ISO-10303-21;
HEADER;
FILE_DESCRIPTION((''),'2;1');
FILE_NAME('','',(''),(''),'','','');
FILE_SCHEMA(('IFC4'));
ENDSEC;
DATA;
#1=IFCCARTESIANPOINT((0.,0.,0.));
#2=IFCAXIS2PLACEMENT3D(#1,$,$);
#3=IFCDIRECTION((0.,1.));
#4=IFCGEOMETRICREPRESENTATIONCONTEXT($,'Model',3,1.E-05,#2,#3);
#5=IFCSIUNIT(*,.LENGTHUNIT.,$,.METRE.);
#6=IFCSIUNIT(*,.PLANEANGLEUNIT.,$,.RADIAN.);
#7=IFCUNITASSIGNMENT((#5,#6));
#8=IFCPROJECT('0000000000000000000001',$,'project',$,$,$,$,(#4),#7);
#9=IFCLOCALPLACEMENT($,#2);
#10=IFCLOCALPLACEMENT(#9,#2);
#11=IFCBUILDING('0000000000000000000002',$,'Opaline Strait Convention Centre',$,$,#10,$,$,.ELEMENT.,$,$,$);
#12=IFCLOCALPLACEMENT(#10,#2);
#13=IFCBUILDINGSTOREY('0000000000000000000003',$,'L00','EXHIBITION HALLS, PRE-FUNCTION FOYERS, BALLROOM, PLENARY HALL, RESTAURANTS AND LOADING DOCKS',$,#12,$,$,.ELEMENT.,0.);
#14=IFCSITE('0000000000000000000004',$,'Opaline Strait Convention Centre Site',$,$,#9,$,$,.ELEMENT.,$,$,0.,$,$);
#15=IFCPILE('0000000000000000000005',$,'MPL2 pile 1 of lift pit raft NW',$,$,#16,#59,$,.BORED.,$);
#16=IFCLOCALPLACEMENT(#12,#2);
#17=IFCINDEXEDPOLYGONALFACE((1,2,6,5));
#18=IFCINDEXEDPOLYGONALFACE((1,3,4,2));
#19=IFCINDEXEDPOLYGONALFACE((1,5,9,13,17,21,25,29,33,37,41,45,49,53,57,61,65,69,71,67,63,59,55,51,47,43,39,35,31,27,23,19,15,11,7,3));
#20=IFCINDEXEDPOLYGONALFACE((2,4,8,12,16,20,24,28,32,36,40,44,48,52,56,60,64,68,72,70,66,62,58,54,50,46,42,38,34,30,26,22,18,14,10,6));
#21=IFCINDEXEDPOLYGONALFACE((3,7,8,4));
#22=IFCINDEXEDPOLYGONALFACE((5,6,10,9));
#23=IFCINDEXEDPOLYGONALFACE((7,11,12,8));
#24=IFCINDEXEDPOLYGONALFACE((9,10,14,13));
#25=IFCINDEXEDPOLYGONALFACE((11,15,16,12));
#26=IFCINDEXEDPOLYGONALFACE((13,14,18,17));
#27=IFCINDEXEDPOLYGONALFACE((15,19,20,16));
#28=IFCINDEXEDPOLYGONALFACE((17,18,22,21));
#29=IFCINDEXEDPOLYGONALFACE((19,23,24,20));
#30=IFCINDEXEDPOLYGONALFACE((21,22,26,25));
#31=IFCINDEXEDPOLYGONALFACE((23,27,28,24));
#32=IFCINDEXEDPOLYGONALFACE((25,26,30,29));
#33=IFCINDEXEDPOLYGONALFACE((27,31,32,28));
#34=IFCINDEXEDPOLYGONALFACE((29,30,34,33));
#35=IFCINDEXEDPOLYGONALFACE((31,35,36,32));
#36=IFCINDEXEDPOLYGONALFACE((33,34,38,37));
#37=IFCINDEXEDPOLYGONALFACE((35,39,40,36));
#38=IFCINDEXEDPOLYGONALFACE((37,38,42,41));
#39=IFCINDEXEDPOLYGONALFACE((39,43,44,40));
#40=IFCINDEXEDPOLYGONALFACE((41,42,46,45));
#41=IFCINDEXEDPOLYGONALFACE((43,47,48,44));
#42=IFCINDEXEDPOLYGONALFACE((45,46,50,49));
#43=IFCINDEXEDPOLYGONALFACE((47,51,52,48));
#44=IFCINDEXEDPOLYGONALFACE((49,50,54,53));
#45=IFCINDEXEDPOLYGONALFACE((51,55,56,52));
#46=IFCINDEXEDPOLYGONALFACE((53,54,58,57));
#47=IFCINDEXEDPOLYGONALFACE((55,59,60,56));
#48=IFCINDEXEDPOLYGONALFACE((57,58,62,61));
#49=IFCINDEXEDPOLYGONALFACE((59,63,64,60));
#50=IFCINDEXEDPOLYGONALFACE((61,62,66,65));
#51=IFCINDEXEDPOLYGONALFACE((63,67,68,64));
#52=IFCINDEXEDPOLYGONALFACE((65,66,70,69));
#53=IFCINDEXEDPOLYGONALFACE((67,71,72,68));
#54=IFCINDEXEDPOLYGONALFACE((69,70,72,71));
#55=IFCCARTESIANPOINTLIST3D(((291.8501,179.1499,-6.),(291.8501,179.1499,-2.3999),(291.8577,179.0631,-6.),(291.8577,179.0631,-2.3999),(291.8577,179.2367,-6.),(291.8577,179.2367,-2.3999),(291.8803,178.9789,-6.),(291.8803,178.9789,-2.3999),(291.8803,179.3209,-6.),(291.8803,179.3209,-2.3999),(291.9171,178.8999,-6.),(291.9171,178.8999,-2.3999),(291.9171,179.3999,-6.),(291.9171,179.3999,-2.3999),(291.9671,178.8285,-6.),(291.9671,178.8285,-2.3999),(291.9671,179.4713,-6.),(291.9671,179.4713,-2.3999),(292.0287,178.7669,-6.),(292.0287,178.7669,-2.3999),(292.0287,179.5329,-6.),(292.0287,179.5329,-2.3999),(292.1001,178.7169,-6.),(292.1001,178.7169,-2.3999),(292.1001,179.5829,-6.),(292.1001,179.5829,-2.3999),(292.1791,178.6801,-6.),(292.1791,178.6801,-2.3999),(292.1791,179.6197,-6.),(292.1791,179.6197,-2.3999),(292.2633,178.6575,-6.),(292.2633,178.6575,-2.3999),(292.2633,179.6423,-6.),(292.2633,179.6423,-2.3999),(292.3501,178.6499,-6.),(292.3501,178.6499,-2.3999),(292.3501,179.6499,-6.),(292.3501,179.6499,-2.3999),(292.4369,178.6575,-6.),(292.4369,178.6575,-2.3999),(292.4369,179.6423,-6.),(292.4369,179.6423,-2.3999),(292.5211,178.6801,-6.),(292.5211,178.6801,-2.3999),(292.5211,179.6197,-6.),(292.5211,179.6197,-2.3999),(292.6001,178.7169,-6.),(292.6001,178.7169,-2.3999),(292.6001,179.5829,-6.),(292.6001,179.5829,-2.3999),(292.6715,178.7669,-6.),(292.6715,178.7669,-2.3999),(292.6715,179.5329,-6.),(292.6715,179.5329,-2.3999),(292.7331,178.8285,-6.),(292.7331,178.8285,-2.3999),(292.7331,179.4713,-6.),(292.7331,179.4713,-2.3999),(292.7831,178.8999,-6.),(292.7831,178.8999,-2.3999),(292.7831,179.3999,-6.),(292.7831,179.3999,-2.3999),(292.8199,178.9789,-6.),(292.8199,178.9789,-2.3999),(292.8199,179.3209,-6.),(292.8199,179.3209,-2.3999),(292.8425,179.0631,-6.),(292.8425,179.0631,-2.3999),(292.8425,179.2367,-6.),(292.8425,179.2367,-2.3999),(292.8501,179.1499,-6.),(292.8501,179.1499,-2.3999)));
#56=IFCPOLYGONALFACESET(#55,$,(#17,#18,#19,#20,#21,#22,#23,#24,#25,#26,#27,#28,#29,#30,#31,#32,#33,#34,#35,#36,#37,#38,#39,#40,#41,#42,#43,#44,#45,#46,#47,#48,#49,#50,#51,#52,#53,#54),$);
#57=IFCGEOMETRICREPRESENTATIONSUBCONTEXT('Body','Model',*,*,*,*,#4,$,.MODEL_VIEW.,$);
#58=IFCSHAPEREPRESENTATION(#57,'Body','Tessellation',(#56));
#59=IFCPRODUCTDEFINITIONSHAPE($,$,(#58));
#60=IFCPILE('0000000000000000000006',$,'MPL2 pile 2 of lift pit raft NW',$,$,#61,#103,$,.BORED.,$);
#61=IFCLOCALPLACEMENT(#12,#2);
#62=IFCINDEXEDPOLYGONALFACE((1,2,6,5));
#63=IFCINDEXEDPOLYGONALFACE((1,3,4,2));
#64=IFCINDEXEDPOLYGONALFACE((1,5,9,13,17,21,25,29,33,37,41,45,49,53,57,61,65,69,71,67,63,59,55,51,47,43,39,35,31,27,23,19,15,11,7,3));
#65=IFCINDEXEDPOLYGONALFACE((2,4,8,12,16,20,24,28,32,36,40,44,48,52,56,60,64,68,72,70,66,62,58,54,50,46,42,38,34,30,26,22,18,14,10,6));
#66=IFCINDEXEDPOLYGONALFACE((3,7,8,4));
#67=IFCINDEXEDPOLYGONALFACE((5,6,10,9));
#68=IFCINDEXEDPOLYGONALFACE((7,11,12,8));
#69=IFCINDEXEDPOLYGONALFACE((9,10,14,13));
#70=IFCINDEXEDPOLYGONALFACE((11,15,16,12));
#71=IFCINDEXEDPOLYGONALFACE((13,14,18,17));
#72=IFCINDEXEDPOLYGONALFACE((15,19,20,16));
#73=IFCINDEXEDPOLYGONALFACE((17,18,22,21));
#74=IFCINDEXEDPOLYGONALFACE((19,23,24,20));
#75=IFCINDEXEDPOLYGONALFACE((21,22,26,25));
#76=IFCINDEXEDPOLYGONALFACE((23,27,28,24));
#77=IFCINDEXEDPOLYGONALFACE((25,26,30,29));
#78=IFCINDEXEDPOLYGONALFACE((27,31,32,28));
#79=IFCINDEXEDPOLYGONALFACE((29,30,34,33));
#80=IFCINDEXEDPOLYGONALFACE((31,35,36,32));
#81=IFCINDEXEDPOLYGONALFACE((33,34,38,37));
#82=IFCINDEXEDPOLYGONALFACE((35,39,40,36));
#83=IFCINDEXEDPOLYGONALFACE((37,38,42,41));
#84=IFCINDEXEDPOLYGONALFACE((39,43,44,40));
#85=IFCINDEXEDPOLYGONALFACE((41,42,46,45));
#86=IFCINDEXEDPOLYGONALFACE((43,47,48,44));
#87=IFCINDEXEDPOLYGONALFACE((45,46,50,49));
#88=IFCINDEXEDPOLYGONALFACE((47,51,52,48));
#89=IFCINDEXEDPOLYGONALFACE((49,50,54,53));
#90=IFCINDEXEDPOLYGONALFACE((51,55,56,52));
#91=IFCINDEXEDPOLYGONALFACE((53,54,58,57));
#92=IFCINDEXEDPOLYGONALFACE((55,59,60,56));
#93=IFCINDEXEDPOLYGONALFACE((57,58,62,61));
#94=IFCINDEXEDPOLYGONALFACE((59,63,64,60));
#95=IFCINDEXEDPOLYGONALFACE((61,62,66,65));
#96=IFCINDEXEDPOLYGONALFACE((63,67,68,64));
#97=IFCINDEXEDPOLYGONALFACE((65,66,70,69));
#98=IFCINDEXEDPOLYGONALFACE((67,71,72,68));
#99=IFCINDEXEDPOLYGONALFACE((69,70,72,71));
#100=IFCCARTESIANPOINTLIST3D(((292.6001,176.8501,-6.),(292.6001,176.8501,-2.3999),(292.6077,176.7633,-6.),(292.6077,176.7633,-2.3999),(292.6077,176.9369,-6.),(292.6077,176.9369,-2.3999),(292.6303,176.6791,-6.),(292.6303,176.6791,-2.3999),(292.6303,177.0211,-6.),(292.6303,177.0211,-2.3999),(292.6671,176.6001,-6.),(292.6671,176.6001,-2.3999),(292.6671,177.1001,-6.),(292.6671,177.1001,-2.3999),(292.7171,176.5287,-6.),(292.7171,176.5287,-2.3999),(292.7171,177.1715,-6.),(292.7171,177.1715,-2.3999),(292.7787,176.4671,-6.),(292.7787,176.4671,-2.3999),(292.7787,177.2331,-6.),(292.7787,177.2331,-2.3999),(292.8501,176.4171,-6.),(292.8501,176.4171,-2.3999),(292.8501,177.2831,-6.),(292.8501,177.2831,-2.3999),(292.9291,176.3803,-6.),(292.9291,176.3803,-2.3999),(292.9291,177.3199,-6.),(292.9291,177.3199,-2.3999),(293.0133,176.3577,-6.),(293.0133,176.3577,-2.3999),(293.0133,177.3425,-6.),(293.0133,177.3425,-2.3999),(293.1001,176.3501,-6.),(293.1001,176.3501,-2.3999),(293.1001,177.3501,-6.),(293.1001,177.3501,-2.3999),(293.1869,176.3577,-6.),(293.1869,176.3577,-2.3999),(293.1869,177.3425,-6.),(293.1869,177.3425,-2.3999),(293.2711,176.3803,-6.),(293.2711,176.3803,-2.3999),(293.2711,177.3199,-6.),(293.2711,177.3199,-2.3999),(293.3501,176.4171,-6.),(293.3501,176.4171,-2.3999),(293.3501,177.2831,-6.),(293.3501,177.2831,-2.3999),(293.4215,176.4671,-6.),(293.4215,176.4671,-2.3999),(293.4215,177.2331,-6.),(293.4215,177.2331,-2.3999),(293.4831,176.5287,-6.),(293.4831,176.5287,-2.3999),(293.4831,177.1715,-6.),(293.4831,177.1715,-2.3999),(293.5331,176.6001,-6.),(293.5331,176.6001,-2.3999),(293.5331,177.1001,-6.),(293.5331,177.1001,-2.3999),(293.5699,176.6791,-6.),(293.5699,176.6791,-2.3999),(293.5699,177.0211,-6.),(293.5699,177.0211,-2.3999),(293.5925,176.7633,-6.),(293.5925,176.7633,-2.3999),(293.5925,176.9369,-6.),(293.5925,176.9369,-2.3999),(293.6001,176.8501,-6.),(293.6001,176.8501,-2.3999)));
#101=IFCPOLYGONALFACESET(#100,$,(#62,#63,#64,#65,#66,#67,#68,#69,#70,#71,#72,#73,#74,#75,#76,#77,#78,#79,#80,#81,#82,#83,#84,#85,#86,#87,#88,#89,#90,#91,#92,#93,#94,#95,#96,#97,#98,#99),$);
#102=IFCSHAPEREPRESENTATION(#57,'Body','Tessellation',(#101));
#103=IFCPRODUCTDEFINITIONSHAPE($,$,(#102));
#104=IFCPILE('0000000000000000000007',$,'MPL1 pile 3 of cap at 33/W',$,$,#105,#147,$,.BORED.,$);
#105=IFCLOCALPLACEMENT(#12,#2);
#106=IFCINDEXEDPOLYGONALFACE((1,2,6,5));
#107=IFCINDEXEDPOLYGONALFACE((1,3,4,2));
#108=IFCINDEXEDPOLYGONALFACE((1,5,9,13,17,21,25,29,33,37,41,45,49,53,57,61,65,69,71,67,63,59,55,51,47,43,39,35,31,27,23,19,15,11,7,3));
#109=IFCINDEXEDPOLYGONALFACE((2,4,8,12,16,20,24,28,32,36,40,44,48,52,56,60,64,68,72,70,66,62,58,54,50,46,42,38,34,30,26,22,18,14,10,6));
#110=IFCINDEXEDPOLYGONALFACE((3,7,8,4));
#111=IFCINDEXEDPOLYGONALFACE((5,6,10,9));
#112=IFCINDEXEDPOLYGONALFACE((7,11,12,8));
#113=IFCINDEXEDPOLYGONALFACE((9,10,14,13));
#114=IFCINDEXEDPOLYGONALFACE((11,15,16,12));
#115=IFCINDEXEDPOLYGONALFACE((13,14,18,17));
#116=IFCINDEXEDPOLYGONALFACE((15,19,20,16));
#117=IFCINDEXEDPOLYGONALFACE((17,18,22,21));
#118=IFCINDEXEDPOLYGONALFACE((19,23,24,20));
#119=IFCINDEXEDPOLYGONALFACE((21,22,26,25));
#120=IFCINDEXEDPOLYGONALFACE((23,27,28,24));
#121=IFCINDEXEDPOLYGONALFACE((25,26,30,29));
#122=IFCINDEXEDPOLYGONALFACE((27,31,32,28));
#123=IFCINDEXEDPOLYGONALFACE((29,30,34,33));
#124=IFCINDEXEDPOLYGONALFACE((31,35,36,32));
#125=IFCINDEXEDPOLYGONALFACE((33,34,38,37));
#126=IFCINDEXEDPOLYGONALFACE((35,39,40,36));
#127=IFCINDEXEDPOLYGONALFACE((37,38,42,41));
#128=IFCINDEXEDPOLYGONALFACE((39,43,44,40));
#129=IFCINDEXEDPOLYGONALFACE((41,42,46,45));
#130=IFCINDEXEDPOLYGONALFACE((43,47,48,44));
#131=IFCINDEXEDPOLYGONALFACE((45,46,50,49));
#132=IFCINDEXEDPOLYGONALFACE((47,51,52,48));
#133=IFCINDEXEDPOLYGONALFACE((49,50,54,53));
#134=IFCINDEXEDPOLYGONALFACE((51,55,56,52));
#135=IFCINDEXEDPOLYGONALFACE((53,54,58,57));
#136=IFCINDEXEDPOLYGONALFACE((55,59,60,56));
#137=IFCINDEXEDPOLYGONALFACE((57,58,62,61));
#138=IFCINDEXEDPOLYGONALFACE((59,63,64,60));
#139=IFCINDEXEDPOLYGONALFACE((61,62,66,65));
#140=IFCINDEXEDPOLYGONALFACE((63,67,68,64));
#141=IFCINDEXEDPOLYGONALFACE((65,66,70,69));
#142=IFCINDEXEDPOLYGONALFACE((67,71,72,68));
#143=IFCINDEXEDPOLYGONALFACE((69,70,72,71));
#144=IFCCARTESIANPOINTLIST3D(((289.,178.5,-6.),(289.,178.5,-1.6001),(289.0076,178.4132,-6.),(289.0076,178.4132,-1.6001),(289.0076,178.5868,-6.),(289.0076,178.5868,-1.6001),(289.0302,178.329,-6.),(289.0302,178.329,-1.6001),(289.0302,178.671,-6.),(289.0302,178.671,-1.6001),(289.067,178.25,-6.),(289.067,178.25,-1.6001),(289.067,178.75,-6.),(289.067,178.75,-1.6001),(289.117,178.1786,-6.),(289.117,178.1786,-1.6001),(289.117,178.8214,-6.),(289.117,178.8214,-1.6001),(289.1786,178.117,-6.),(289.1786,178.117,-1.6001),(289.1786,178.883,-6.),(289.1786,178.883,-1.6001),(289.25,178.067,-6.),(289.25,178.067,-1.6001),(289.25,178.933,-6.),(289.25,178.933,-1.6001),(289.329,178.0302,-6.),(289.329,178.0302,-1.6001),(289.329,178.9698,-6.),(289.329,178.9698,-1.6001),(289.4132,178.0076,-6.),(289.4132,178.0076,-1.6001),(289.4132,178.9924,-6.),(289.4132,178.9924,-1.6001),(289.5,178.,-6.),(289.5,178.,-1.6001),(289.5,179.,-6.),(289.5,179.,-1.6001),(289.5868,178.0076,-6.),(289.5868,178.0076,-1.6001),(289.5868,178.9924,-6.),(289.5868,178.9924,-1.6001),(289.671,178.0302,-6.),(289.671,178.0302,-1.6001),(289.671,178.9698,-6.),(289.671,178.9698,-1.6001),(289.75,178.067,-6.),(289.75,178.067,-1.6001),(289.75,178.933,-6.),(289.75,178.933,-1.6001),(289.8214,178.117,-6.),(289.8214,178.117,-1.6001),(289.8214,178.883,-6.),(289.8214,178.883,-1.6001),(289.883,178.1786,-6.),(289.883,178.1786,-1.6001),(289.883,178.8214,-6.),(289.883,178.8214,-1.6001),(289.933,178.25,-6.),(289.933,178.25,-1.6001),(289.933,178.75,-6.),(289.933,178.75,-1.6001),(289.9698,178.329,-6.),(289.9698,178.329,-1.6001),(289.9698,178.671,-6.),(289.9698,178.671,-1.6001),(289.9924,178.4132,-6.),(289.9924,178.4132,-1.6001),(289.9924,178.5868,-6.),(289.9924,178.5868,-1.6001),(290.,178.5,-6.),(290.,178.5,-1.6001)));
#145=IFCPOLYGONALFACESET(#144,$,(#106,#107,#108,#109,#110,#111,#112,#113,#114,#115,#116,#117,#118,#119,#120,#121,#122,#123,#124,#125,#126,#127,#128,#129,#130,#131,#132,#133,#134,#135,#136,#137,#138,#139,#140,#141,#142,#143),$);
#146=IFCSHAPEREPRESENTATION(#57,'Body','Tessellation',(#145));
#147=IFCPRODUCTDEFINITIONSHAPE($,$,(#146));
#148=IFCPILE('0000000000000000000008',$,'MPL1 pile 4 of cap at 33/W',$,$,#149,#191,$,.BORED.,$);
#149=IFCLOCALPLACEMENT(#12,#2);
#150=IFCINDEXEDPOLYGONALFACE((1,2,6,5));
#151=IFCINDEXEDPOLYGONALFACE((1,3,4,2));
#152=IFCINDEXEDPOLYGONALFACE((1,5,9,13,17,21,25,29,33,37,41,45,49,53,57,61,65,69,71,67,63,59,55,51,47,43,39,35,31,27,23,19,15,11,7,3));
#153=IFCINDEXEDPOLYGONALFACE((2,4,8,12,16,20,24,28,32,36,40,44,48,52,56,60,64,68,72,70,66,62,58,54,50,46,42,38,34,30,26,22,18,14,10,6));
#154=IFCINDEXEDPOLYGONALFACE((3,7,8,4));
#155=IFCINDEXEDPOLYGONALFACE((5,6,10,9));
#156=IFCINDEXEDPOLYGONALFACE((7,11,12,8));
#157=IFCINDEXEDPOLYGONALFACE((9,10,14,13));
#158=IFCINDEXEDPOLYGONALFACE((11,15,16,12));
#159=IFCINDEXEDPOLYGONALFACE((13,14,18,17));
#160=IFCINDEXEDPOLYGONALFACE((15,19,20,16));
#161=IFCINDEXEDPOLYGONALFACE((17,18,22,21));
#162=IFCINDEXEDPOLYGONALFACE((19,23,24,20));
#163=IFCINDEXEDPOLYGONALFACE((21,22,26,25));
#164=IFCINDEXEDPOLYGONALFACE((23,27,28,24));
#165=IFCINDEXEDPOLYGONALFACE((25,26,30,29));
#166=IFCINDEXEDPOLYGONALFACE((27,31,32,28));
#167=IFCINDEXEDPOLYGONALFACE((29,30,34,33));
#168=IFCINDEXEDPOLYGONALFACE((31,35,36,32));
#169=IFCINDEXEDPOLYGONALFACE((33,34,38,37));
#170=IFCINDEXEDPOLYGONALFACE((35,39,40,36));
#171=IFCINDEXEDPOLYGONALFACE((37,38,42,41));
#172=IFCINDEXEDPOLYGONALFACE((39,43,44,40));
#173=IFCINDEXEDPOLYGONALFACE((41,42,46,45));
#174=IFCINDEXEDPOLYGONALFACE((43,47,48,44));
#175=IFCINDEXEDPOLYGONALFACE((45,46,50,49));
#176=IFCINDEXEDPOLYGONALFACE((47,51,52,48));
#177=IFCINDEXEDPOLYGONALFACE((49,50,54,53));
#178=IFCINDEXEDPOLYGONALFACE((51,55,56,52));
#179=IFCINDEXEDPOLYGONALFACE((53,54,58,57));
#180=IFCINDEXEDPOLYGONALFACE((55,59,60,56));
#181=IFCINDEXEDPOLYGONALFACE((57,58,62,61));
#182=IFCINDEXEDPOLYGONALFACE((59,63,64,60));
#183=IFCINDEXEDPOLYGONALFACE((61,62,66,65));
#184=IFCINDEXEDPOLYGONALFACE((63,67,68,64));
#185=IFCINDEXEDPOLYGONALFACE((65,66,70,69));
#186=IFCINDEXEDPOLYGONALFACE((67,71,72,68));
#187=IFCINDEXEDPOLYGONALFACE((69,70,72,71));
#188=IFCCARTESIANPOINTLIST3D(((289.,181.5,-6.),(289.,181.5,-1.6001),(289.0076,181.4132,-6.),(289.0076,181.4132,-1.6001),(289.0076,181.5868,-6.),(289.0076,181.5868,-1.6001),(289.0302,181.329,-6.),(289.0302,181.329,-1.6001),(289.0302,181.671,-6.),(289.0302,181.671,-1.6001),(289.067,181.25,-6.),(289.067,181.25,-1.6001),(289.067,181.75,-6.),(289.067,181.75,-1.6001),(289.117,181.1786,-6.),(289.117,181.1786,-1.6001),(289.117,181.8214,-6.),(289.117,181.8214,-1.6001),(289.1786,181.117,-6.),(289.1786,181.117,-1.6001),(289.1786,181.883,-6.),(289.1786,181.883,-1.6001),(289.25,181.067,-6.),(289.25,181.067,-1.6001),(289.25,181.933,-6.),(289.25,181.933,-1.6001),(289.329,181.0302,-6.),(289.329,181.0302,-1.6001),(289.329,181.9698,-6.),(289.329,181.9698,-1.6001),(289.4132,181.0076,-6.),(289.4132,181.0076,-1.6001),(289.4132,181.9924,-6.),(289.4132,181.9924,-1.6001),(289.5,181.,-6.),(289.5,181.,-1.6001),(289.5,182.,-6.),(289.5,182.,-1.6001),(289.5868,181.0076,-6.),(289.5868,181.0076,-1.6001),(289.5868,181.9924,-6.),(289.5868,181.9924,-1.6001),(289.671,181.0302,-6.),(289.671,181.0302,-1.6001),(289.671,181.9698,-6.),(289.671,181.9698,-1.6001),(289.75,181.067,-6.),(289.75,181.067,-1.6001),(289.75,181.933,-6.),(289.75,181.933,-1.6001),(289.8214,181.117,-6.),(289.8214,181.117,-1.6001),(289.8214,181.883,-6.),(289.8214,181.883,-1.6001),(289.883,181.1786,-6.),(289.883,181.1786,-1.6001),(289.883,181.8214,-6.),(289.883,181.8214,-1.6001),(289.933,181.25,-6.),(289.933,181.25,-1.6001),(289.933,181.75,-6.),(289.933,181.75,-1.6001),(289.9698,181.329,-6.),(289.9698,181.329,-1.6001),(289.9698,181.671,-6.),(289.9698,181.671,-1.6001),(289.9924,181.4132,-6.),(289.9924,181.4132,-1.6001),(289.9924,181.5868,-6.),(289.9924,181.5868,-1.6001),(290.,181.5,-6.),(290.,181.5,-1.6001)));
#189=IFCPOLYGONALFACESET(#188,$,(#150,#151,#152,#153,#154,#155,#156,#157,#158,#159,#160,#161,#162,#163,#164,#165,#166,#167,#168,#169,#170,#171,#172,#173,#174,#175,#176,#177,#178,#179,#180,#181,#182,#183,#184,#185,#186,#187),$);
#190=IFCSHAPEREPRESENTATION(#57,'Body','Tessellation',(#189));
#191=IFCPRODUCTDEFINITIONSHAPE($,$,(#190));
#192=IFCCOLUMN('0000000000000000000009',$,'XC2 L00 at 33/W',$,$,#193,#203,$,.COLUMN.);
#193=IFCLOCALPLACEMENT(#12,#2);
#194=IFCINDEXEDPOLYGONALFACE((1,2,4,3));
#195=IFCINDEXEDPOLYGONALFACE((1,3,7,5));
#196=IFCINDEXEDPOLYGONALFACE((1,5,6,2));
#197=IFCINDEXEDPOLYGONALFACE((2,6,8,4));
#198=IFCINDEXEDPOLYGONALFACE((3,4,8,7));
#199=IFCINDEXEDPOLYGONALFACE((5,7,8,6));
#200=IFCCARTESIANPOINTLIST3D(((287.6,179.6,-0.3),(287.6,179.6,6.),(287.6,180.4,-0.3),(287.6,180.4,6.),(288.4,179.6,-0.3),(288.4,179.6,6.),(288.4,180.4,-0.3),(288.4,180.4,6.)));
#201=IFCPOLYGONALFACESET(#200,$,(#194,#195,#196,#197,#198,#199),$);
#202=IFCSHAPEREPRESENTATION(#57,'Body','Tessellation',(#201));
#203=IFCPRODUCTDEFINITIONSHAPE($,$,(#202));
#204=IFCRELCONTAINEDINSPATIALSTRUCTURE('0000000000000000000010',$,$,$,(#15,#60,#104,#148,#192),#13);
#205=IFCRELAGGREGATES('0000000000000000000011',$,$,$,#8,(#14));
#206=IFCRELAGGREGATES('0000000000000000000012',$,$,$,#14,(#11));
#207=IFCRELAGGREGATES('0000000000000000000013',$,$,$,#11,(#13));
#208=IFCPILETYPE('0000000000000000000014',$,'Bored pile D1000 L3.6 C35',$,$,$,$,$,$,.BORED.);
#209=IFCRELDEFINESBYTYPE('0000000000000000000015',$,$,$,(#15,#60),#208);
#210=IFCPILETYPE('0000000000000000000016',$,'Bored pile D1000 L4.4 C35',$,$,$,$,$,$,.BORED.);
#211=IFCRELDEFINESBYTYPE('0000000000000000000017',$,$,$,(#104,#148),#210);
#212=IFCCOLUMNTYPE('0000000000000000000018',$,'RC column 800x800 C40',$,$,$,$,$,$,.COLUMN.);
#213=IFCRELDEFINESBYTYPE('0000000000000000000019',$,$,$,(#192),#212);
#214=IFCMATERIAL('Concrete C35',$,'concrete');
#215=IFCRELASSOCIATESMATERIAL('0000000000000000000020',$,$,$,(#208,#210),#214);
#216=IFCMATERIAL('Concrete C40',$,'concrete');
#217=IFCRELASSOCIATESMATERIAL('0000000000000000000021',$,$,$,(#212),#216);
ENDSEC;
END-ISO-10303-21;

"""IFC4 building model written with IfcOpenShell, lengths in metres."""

from ifc_helpers import new_model, si_unit, direction, frame, origin, origin_2d, place, context, subcontext, project, spatial, rectangle, circle, extrude, material, material_profile, profile_set, type_object, element, save


model = new_model("IFC4")

# Units and contexts
model_context = context("Model", 3, precision=1e-05, world=origin(), true_north=direction((0.0, 1.0)))
body_context = subcontext(model_context, "Body", "Model", "MODEL_VIEW")
ifc_project = project(units=[si_unit("LENGTHUNIT", "METRE"), si_unit("PLANEANGLEUNIT", "RADIAN")], contexts=[model_context])

# Site, building, storey
site_placement = place(None, origin())
site = spatial("IfcSite", under=ifc_project, at=site_placement, Name="Opaline Strait Convention Centre Site", CompositionType="ELEMENT", RefElevation=0.0)
building_placement = place(site_placement, origin())
building = spatial("IfcBuilding", under=site, at=building_placement, Name="Opaline Strait Convention Centre", CompositionType="ELEMENT")
storey_placement = place(building_placement, origin())
storey = spatial("IfcBuildingStorey", under=building, at=storey_placement, Name="L00", Description="EXHIBITION HALLS, PRE-FUNCTION FOYERS, BALLROOM, PLENARY HALL, RESTAURANTS AND LOADING DOCKS", CompositionType="ELEMENT", Elevation=0.0)

# Piles
ifc_material_1 = material(Name="Concrete C35", Category="concrete")
ifc_material_profile_1 = material_profile(ifc_material_1, circle(Radius=0.5, at=origin_2d()), Name="D1000")
ifc_profile_set_1 = profile_set([ifc_material_profile_1], Name="Concrete C35")
pile_type_1 = type_object("IfcPileType", Name="Bored pile D1000 L3.6 C35", PredefinedType="BORED", material=ifc_profile_set_1)
for number, where, z_axis, x_axis, name in (
    (1, (292.3501, 179.1499, -2.3999), (0.0, 0.0, -1.0), (1.0, 0.0, 0.0), "MPL2 pile 1 of lift pit raft NW"),
    (2, (293.1001, 176.8501, -2.3999), (0.0, 0.0, -1.0), (1.0, 0.0, 0.0), "MPL2 pile 2 of lift pit raft NW"),
):
    element("IfcPile", number, at=place(storey_placement, frame(where, z_axis=z_axis, x_axis=x_axis)), inside=storey, type_object=pile_type_1, Name=name, PredefinedType="BORED", context=body_context, shape_type="SweptSolid", body=[
        extrude(circle(Radius=0.5, at=origin_2d()), origin(), (0.0, 0.0, 1.0), 3.6001),
    ])
ifc_material_profile_2 = material_profile(ifc_material_1, circle(Radius=0.5, at=origin_2d()), Name="D1000")
ifc_profile_set_2 = profile_set([ifc_material_profile_2], Name="Concrete C35")
pile_type_2 = type_object("IfcPileType", Name="Bored pile D1000 L4.4 C35", PredefinedType="BORED", material=ifc_profile_set_2)
for number, where, z_axis, x_axis, name in (
    (3, (289.5, 178.5, -1.6001), (0.0, 0.0, -1.0), (1.0, 0.0, 0.0), "MPL1 pile 3 of cap at 33/W"),
    (4, (289.5, 181.5, -1.6001), (0.0, 0.0, -1.0), (1.0, 0.0, 0.0), "MPL1 pile 4 of cap at 33/W"),
):
    element("IfcPile", number, at=place(storey_placement, frame(where, z_axis=z_axis, x_axis=x_axis)), inside=storey, type_object=pile_type_2, Name=name, PredefinedType="BORED", context=body_context, shape_type="SweptSolid", body=[
        extrude(circle(Radius=0.5, at=origin_2d()), origin(), (0.0, 0.0, 1.0), 4.3999),
    ])

# Column
ifc_material_2 = material(Name="Concrete C40", Category="concrete")
ifc_material_profile_3 = material_profile(ifc_material_2, rectangle(XDim=0.8, YDim=0.8, at=origin_2d()), Name="RC 800x800")
ifc_profile_set_3 = profile_set([ifc_material_profile_3], Name="Concrete C40")
column_type = type_object("IfcColumnType", Name="RC column 800x800 C40", PredefinedType="COLUMN", material=ifc_profile_set_3)
column_placement = place(storey_placement, frame((288.0, 180.0, -0.3), z_axis=(0.0, 0.0, 1.0), x_axis=(1.0, 0.0, 0.0)))
element("IfcColumn", 5, at=column_placement, inside=storey, type_object=column_type, Name="XC2 L00 at 33/W", PredefinedType="COLUMN", context=body_context, shape_type="SweptSolid", body=[
    extrude(rectangle(XDim=0.8, YDim=0.8, at=origin_2d()), origin(), (0.0, 0.0, 1.0), 6.3),
])

save(model, "model.ifc")
